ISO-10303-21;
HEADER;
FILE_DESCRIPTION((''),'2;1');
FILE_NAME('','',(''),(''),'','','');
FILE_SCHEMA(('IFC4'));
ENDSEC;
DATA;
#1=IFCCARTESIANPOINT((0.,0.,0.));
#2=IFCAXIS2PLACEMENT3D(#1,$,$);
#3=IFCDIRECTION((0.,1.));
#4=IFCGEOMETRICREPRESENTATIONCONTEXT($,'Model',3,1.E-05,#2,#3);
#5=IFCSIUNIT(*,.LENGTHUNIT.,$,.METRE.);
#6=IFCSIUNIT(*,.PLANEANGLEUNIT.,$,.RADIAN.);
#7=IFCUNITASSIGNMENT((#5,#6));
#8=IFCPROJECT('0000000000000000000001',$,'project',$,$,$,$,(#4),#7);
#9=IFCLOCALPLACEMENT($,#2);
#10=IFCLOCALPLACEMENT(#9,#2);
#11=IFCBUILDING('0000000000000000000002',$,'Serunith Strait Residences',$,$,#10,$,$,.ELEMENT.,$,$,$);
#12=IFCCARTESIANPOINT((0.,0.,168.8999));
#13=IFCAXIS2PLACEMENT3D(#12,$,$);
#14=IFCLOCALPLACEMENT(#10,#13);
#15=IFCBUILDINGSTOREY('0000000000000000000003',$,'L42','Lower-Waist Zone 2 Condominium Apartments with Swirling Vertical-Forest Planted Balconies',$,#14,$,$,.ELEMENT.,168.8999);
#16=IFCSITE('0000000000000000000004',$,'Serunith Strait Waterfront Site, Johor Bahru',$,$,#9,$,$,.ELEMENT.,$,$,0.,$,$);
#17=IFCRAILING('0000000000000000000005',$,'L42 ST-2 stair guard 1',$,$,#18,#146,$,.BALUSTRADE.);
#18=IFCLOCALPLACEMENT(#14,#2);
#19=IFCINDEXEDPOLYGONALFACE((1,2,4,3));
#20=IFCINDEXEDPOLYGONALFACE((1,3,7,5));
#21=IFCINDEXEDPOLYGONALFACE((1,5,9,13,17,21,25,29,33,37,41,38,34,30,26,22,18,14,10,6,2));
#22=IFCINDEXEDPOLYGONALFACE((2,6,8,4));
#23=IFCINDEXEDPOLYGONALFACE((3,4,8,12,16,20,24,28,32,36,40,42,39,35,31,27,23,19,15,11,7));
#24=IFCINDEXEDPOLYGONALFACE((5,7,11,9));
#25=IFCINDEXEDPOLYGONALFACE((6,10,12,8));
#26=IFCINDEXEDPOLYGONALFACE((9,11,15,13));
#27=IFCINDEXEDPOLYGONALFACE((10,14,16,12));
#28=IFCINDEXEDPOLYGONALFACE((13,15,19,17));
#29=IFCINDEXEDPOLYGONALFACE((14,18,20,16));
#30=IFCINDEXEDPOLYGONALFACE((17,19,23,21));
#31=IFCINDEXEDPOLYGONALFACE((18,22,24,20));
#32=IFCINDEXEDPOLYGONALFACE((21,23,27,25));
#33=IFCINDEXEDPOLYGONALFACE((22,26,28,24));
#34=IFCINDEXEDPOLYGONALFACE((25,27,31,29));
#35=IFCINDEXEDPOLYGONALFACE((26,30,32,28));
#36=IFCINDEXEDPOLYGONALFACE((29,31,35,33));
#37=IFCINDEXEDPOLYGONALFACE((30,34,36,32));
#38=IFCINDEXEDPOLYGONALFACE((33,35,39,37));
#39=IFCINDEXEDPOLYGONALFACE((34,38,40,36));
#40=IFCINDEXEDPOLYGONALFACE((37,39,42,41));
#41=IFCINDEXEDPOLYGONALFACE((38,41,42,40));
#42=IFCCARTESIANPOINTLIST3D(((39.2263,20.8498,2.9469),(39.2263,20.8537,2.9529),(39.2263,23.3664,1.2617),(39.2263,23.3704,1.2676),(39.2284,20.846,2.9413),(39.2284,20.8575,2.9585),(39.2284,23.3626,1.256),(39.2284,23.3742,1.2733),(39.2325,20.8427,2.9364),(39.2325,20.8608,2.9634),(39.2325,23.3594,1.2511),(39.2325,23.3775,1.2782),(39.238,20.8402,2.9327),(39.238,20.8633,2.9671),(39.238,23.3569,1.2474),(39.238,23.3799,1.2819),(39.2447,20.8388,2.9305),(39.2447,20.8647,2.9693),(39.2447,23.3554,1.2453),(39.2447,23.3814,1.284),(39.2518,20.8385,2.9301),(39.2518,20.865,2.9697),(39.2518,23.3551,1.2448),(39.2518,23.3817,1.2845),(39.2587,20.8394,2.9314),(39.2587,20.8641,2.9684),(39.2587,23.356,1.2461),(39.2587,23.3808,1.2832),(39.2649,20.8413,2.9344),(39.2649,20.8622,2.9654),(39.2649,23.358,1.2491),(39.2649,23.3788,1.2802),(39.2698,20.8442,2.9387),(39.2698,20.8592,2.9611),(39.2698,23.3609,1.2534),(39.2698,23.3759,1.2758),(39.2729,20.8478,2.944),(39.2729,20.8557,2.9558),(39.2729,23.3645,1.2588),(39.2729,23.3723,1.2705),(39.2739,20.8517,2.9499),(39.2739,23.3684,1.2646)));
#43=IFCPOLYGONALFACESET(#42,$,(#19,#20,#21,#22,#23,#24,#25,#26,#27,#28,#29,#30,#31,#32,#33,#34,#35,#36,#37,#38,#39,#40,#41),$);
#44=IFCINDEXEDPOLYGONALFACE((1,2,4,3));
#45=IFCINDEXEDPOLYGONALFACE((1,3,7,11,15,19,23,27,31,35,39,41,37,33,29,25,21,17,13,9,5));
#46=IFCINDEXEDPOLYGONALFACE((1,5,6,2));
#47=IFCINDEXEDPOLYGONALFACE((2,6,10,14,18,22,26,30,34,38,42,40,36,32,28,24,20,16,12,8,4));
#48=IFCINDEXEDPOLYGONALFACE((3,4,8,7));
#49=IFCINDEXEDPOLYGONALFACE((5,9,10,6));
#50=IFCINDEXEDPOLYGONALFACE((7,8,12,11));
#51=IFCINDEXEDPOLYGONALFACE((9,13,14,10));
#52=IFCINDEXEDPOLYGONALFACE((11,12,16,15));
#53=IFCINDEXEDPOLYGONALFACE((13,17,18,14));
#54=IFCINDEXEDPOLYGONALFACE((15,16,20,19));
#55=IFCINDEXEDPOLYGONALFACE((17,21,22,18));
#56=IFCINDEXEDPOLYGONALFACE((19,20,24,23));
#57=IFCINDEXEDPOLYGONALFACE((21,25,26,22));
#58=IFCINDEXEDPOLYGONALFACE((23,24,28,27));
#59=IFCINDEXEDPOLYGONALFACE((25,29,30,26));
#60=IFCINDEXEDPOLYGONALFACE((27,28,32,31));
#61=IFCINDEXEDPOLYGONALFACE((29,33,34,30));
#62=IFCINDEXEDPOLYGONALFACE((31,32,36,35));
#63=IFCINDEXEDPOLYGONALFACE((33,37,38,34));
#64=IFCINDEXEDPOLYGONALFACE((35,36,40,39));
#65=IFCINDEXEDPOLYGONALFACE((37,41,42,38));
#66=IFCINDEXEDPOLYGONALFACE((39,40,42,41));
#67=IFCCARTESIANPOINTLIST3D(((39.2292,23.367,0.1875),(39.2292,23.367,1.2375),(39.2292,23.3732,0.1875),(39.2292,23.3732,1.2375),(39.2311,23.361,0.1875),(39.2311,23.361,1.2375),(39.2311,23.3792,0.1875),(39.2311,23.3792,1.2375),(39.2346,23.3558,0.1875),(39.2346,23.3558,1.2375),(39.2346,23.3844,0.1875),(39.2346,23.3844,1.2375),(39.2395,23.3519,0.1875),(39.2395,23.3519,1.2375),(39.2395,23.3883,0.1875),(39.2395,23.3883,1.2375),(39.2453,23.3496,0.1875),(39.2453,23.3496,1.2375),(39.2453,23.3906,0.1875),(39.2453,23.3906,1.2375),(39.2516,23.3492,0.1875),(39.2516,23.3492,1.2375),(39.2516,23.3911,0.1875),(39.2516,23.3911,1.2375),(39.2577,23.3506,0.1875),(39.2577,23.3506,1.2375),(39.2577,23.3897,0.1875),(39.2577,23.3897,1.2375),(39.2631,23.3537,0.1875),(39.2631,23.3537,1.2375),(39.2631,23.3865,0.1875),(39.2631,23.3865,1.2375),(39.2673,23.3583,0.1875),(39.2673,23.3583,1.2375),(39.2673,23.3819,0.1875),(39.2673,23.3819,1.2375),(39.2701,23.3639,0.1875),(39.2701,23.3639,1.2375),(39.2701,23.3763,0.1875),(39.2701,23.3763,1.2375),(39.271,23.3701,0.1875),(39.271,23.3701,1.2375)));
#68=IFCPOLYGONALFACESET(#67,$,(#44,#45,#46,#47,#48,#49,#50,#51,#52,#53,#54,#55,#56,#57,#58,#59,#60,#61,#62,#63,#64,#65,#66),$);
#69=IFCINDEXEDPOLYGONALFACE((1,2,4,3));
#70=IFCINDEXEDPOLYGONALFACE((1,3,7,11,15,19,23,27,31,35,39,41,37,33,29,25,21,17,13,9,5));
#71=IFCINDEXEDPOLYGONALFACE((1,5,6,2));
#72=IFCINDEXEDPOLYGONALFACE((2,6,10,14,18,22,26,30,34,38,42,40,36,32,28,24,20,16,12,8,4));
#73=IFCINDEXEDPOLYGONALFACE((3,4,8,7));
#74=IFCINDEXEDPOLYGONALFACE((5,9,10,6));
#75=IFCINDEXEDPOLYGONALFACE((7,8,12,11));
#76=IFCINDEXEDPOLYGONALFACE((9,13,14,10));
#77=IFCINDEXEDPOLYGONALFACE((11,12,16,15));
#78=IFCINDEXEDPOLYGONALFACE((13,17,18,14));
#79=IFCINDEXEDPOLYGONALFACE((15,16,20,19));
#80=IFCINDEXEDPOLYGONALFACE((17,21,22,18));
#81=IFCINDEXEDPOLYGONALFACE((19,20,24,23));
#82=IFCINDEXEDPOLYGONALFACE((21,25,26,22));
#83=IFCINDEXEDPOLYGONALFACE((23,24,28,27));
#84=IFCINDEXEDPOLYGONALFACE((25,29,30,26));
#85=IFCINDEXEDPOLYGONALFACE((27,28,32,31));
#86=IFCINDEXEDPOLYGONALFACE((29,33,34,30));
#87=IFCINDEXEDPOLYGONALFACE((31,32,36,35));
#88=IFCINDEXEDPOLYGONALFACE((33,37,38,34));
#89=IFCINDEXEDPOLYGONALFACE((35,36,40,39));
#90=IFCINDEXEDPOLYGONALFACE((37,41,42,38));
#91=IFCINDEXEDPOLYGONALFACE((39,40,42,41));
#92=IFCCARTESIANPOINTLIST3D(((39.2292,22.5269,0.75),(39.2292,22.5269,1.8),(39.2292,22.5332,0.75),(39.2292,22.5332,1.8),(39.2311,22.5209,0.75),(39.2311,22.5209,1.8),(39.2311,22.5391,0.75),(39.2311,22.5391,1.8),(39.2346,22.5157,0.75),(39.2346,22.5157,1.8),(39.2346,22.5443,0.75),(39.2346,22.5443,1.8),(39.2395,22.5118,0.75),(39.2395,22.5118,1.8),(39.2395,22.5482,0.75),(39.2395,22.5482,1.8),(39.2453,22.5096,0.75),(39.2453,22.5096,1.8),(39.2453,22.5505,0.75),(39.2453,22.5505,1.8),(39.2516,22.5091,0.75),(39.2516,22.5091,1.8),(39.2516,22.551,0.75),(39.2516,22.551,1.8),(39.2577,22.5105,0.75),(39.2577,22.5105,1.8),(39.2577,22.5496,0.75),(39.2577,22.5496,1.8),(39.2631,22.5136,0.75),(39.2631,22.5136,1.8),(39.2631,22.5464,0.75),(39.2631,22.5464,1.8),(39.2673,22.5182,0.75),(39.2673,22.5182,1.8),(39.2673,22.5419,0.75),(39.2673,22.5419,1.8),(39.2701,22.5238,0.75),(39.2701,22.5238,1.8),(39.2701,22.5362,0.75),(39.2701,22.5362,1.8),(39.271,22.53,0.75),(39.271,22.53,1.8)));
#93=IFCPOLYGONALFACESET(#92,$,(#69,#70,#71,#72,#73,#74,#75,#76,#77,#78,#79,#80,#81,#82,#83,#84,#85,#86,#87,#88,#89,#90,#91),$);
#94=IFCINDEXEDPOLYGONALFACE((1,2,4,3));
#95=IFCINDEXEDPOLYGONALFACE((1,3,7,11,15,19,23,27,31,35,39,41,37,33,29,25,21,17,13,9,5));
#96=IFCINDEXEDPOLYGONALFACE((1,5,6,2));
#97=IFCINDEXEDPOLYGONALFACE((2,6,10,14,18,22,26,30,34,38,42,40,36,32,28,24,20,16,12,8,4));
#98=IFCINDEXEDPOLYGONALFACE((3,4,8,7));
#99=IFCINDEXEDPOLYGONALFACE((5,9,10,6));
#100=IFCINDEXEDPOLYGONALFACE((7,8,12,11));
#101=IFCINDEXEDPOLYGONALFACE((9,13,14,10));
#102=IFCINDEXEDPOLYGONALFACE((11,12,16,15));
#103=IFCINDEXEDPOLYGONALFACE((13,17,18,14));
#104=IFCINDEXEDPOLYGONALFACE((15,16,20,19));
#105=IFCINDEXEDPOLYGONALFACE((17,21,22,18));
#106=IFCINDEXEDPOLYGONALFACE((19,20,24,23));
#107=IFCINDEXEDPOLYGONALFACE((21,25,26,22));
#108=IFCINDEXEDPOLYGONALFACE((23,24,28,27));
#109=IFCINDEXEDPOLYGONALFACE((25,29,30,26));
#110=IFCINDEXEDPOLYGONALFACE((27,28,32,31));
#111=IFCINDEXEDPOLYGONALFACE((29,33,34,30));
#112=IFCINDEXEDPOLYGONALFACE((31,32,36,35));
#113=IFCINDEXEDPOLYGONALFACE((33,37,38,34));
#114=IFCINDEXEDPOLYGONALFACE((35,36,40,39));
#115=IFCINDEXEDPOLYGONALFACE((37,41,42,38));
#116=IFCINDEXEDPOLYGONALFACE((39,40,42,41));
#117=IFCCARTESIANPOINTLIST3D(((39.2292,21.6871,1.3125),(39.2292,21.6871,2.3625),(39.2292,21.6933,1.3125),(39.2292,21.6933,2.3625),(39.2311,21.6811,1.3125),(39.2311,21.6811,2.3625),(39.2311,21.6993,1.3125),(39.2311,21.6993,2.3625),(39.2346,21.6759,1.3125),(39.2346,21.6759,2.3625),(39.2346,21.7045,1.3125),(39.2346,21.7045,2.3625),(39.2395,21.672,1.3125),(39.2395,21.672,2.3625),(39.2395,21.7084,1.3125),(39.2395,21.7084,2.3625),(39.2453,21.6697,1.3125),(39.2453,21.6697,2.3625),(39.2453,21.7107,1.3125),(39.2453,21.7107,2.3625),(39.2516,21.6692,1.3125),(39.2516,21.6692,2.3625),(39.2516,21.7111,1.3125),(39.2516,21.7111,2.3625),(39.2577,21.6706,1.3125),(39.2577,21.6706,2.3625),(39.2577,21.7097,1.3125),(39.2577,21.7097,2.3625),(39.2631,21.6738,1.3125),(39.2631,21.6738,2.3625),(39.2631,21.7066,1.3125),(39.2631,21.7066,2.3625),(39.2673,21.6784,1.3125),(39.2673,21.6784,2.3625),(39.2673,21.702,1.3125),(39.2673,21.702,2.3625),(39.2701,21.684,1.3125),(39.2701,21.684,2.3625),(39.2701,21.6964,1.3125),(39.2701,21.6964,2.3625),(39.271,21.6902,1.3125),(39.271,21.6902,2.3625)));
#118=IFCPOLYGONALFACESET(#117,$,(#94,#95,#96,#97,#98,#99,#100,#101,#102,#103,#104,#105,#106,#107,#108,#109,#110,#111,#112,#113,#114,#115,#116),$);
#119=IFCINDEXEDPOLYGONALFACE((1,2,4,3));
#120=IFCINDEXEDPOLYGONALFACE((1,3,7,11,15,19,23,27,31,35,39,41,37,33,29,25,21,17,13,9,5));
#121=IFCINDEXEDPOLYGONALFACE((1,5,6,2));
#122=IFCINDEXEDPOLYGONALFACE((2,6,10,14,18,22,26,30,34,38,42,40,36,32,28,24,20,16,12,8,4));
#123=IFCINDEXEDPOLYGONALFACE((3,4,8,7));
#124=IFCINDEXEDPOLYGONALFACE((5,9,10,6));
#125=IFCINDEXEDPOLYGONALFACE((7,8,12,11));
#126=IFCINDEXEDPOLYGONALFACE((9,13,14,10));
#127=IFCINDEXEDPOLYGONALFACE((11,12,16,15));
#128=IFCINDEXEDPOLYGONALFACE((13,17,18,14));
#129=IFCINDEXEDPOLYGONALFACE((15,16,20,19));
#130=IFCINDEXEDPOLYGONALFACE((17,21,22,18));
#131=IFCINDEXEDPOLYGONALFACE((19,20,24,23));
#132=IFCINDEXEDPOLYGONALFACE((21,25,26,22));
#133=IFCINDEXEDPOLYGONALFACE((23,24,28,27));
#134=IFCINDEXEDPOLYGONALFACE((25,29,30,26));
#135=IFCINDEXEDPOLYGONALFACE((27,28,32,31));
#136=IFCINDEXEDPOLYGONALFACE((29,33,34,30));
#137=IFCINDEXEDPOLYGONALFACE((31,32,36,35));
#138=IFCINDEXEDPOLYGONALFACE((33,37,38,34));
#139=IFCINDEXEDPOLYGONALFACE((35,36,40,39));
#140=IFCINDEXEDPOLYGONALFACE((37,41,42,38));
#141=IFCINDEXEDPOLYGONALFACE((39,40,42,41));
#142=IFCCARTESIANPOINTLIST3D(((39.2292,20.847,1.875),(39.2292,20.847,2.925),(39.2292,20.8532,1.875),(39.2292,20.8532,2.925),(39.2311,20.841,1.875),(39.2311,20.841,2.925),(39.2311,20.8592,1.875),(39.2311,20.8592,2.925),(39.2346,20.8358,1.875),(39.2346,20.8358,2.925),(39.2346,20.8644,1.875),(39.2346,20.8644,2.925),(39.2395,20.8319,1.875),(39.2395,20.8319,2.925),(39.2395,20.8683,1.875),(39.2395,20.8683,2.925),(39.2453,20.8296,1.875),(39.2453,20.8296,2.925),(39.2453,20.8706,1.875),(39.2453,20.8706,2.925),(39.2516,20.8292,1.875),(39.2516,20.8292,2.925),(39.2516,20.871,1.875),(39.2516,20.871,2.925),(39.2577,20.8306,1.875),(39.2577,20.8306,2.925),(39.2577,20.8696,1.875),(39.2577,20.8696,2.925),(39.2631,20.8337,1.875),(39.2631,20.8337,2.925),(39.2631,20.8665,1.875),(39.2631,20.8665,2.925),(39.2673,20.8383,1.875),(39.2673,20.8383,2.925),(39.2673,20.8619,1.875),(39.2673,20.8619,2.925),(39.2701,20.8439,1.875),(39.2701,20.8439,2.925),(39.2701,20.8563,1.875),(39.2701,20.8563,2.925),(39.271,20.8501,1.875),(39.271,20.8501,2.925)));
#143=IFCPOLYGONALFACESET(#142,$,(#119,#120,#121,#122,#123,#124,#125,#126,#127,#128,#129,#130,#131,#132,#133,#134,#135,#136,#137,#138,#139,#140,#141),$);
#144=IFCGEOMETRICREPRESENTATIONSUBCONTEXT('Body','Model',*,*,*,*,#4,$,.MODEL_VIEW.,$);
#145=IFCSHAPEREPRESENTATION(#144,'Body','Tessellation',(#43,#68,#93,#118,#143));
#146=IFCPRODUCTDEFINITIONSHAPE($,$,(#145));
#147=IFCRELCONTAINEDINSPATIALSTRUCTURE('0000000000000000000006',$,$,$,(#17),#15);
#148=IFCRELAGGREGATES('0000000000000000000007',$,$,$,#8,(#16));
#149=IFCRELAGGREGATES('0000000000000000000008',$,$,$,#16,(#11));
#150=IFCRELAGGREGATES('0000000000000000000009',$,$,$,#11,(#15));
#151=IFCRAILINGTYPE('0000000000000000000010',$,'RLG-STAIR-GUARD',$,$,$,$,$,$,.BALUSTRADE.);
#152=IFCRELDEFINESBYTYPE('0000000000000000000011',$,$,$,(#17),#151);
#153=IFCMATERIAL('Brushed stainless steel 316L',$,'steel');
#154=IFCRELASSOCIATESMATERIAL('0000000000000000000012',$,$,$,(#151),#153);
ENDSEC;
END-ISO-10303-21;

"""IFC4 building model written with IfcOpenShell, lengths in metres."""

from ifc_helpers import new_model, si_unit, direction, frame, origin, origin_2d, place, context, subcontext, project, spatial, circle, extrude, material, type_object, element, save


model = new_model("IFC4")

# Units and contexts
model_context = context("Model", 3, precision=1e-05, world=origin(), true_north=direction((0.0, 1.0)))
body_context = subcontext(model_context, "Body", "Model", "MODEL_VIEW")
ifc_project = project(units=[si_unit("LENGTHUNIT", "METRE"), si_unit("PLANEANGLEUNIT", "RADIAN")], contexts=[model_context])

# Site, building, storey
site_placement = place(None, origin())
site = spatial("IfcSite", under=ifc_project, at=site_placement, Name="Serunith Strait Waterfront Site, Johor Bahru", CompositionType="ELEMENT", RefElevation=0.0)
building_placement = place(site_placement, origin())
building = spatial("IfcBuilding", under=site, at=building_placement, Name="Serunith Strait Residences", CompositionType="ELEMENT")
storey_placement = place(building_placement, frame((0.0, 0.0, 168.8999)))
storey = spatial("IfcBuildingStorey", under=building, at=storey_placement, Name="L42", Description="Lower-Waist Zone 2 Condominium Apartments with Swirling Vertical-Forest Planted Balconies", CompositionType="ELEMENT", Elevation=168.8999)

# Railing
ifc_material_1 = material(Name="Brushed stainless steel 316L", Category="steel")
railing_type_1 = type_object("IfcRailingType", Name="RLG-STAIR-GUARD", PredefinedType="BALUSTRADE", material=ifc_material_1)
railing_1_placement = place(storey_placement, frame((39.25, 23.3701, 0.1875)))
element("IfcRailing", 1, at=railing_1_placement, inside=storey, type_object=railing_type_1, Name="L42 ST-2 stair guard 1", PredefinedType="BALUSTRADE", context=body_context, shape_type="SweptSolid", body=[
    extrude(circle(Radius=0.0239, at=origin_2d()), frame((0.0, -0.0017, 1.0771), z_axis=(0.0, -0.830909, 0.556408), x_axis=(1.0, 0.0, 0.0)), (0.0, 0.0, 1.0), 3.0288),
    extrude(circle(Radius=0.021, at=origin_2d()), origin(), (0.0, 0.0, 1.0), 1.05),
    extrude(circle(Radius=0.021, at=origin_2d()), frame((0.0, -0.8401, 0.5625)), (0.0, 0.0, 1.0), 1.05),
    extrude(circle(Radius=0.021, at=origin_2d()), frame((0.0, -1.6799, 1.125)), (0.0, 0.0, 1.0), 1.05),
    extrude(circle(Radius=0.021, at=origin_2d()), frame((0.0, -2.52, 1.6875)), (0.0, 0.0, 1.0), 1.05),
])

save(model, "model.ifc")
